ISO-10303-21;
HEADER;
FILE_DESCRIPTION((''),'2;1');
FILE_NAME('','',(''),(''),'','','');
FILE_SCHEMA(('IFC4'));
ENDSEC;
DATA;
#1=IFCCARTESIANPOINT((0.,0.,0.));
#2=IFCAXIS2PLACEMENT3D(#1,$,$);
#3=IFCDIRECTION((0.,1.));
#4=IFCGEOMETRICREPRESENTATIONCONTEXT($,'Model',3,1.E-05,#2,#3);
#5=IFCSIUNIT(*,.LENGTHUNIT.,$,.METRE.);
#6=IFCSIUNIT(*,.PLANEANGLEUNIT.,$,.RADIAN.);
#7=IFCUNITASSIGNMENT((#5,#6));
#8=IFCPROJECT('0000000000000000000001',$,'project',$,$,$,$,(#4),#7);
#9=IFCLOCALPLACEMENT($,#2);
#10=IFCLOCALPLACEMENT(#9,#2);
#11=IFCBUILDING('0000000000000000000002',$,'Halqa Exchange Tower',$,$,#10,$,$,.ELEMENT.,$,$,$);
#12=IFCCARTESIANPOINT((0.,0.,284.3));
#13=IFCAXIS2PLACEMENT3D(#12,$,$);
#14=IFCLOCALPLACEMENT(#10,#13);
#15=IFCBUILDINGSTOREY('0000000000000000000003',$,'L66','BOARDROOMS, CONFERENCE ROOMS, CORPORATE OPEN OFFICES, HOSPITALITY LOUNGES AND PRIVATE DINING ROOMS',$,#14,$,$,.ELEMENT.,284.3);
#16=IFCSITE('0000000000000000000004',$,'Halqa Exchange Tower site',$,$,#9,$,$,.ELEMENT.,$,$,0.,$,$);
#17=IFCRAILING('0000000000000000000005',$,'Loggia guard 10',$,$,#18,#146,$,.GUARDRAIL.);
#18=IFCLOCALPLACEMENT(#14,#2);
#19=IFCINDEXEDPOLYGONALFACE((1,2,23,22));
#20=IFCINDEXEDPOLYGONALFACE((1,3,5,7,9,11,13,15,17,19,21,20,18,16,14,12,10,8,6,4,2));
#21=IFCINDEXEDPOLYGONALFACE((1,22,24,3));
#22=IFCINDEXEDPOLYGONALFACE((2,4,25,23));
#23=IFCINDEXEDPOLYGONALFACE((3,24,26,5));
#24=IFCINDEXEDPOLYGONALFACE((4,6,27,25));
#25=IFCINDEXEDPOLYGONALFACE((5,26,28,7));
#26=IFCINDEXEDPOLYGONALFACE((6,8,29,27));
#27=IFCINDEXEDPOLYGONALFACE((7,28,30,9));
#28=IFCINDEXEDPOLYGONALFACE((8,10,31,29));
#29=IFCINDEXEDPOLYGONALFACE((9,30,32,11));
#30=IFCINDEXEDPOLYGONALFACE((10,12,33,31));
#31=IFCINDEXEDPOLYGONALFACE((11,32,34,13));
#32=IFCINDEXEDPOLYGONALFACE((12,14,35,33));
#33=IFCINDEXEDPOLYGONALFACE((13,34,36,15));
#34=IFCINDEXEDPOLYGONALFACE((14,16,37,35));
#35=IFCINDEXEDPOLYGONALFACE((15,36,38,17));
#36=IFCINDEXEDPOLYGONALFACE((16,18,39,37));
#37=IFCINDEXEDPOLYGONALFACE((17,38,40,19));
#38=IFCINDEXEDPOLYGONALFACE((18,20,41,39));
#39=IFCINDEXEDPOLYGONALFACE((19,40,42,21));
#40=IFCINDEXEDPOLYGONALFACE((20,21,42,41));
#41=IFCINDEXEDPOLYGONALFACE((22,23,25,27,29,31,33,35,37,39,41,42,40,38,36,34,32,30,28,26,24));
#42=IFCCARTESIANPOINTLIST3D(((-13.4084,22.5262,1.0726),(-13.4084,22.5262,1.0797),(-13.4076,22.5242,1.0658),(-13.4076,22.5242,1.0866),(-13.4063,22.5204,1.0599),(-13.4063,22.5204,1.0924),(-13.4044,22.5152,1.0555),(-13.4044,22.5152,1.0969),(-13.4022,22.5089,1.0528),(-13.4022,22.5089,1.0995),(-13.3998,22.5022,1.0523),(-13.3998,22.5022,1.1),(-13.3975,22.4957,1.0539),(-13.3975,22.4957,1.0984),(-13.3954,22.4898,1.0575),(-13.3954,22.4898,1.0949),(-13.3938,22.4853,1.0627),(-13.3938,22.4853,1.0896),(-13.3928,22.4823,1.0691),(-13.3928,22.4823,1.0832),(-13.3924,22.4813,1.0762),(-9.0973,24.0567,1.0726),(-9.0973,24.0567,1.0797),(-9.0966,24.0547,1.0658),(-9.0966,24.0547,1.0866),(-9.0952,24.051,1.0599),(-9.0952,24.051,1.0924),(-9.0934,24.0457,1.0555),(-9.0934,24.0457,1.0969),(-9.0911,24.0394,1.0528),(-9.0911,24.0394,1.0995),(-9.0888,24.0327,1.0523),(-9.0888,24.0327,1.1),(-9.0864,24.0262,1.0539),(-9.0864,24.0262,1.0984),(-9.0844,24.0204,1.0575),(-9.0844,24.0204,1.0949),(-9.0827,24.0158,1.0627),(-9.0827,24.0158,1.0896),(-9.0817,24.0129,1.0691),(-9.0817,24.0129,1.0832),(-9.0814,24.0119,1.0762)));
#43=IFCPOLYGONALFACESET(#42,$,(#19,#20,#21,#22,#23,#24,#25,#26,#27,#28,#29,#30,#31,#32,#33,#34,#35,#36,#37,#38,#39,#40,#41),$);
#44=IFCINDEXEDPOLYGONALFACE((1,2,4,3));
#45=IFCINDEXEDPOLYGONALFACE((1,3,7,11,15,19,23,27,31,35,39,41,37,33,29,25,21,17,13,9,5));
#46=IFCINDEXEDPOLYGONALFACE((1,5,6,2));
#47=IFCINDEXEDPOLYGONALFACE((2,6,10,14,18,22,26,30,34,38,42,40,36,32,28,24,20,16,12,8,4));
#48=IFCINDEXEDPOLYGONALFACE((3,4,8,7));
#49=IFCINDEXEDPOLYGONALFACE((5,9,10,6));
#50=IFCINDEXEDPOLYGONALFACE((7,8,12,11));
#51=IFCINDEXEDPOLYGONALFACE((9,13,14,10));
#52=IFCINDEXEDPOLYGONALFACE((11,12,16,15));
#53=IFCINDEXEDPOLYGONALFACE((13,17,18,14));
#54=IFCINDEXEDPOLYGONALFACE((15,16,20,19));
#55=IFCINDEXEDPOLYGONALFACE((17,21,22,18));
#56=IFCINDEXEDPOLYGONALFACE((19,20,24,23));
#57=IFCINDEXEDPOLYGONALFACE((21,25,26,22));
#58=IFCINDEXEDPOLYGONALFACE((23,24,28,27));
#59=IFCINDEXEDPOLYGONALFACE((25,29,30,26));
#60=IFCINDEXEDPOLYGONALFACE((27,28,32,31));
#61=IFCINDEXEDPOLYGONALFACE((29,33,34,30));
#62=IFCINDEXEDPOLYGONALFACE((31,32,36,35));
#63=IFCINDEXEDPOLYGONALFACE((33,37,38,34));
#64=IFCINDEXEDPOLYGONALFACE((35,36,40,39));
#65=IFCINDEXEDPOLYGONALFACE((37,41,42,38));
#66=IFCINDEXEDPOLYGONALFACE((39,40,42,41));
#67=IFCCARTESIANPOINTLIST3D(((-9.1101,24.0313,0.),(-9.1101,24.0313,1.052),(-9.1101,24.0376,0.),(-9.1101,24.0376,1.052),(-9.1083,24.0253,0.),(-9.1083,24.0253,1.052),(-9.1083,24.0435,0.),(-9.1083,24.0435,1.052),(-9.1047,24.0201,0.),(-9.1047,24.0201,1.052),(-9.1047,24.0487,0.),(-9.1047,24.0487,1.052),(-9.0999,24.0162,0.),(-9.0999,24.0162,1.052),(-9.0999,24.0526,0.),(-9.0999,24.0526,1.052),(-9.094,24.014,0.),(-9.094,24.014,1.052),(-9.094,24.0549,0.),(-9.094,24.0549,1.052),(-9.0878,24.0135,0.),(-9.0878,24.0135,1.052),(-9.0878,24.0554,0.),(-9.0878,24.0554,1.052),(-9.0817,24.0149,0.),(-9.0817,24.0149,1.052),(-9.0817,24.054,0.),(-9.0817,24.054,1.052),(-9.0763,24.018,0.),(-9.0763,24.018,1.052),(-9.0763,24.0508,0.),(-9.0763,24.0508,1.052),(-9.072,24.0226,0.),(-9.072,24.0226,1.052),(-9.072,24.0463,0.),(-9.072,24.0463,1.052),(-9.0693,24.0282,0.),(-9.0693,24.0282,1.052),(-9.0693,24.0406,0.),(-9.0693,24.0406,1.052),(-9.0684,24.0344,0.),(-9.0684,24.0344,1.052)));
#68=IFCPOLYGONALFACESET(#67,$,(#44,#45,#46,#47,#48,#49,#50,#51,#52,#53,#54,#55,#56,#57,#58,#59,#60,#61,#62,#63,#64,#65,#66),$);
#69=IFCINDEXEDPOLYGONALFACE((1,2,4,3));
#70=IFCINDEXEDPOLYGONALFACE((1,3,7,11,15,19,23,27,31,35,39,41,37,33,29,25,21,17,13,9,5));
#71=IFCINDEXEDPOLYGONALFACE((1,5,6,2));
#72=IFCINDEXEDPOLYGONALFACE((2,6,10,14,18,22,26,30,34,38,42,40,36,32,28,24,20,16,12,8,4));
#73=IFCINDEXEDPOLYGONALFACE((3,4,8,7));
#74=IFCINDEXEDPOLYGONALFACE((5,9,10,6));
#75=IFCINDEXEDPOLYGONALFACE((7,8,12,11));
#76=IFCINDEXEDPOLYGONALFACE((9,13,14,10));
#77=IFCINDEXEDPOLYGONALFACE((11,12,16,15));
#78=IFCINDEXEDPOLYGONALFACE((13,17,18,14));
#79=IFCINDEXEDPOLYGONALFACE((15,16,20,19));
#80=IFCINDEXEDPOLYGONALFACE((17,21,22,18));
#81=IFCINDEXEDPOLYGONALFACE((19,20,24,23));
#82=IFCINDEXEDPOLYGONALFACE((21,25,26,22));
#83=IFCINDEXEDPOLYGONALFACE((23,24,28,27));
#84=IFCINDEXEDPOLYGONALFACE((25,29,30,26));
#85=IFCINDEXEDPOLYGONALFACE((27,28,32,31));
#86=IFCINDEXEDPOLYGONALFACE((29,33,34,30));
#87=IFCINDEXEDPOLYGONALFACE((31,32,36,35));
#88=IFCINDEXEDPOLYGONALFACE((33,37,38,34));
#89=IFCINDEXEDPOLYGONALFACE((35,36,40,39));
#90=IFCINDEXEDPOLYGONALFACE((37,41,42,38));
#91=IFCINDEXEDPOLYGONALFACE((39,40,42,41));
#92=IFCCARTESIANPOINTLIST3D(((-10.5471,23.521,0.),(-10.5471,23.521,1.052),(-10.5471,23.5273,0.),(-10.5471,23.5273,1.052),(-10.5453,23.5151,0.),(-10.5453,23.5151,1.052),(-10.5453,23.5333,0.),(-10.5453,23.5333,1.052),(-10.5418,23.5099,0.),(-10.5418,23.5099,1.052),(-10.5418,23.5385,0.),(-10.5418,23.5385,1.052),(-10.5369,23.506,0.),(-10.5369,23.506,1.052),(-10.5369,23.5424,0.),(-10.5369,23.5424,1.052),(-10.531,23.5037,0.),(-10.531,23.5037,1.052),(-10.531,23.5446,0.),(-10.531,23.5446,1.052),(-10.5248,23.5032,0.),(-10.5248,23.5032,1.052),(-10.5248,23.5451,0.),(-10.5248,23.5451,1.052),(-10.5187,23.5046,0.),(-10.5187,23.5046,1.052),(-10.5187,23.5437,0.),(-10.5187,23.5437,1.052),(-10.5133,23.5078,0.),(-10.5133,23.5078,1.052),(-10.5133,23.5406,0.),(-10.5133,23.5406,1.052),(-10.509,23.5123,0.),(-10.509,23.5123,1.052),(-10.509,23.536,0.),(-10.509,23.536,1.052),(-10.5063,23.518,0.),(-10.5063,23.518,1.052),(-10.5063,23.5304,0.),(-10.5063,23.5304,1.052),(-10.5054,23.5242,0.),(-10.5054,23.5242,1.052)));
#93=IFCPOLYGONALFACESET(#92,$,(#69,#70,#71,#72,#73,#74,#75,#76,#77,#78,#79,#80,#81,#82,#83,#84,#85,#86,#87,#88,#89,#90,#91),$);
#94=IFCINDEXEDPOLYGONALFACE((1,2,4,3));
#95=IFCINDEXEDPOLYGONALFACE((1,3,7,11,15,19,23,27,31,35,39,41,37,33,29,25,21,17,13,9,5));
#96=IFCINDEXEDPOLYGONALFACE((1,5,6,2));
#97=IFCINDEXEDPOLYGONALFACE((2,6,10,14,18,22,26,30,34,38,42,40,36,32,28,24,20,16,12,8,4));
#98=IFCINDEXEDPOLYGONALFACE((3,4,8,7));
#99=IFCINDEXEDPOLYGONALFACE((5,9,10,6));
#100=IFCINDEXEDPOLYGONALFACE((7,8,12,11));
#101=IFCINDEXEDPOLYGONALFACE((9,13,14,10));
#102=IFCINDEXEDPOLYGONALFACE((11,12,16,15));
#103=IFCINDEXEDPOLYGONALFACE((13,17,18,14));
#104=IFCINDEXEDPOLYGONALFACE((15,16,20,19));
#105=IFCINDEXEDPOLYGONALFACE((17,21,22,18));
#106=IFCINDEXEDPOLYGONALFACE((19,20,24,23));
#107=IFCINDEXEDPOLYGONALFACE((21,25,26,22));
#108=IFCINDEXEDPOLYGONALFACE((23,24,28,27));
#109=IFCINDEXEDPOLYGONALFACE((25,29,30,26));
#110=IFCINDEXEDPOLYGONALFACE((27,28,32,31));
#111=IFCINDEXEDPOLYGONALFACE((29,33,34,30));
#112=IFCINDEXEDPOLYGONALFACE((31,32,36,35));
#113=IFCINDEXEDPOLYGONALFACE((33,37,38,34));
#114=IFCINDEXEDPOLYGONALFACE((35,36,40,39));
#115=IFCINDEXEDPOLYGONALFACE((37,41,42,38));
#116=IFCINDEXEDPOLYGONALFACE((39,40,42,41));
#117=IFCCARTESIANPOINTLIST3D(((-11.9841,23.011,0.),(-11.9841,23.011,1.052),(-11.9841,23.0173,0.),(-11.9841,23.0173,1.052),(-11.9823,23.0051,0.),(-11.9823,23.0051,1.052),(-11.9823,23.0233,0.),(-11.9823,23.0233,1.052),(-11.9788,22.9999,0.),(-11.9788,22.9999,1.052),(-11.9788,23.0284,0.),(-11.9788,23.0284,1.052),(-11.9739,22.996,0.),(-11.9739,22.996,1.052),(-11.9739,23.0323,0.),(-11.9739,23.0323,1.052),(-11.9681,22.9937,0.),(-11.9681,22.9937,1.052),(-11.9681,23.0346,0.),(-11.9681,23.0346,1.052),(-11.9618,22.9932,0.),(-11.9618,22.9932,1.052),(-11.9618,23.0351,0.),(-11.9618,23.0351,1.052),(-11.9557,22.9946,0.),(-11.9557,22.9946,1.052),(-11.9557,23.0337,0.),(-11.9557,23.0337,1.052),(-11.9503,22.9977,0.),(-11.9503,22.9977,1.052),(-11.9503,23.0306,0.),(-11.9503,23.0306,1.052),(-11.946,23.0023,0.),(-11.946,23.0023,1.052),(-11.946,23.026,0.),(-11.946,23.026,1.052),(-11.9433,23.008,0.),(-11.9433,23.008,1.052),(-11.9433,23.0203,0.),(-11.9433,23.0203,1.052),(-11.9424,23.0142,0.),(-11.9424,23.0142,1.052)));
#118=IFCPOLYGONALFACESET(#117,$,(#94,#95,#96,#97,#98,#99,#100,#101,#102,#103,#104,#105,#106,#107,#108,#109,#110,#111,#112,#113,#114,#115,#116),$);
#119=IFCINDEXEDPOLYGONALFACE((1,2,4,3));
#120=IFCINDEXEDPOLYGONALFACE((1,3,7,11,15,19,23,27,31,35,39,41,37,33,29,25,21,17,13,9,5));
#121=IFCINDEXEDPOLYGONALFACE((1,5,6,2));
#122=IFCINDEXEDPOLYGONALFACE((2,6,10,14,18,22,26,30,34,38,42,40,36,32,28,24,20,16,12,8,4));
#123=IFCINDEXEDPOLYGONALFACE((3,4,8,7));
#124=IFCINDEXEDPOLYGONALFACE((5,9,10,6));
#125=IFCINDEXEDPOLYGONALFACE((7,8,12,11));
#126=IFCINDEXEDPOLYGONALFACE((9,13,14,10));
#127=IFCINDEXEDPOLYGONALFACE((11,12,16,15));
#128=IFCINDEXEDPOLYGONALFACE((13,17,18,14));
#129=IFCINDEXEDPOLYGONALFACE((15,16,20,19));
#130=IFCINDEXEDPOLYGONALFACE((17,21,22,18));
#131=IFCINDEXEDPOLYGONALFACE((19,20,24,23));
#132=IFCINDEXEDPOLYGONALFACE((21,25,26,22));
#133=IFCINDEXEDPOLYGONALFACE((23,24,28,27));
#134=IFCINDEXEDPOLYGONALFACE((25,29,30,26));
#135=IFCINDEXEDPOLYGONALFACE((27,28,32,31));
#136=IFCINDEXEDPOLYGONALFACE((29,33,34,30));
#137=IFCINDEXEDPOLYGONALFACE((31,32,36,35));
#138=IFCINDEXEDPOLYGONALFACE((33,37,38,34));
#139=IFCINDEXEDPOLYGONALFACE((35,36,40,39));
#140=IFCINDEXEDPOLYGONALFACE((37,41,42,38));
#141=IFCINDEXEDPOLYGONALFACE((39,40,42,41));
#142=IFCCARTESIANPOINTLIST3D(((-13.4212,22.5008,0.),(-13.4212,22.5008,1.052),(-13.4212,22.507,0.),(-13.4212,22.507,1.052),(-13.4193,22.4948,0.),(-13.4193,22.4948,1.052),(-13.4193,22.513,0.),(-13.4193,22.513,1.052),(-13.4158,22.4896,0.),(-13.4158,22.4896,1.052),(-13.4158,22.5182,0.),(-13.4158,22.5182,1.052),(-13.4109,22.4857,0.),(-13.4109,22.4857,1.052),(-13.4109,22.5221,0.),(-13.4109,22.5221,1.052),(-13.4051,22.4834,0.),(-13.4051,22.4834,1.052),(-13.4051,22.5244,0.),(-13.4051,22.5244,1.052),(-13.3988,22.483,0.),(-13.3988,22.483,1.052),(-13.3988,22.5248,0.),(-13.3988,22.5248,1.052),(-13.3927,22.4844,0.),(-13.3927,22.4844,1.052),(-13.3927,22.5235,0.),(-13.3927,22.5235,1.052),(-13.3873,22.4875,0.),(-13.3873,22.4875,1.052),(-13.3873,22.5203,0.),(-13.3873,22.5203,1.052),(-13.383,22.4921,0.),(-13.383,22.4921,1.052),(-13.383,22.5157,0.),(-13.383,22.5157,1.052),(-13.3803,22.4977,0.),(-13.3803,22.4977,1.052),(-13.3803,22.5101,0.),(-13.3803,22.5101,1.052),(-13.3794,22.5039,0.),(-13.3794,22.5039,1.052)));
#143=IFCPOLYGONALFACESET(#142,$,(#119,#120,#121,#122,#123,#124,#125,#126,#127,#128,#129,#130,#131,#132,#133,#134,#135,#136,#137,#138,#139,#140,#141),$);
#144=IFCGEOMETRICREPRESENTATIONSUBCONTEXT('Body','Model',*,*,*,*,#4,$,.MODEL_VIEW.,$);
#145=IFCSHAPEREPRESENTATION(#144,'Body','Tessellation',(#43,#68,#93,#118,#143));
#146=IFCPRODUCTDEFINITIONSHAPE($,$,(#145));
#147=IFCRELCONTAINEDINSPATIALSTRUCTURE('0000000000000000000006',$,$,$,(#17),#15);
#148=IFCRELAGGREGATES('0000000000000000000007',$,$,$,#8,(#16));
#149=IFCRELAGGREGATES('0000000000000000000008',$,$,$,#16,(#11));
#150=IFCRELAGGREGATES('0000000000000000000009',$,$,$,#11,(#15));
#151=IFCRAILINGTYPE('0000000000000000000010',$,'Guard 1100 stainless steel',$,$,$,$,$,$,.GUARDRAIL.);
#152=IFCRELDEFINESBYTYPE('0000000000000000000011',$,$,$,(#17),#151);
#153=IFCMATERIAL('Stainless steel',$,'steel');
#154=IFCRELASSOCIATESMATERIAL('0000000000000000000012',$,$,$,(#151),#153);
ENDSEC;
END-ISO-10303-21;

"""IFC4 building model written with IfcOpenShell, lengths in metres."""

from ifc_helpers import new_model, si_unit, direction, frame, origin, origin_2d, place, context, subcontext, project, spatial, circle, extrude, material, type_object, element, save


model = new_model("IFC4")

# Units and contexts
model_context = context("Model", 3, precision=1e-05, world=origin(), true_north=direction((0.0, 1.0)))
body_context = subcontext(model_context, "Body", "Model", "MODEL_VIEW")
ifc_project = project(units=[si_unit("LENGTHUNIT", "METRE"), si_unit("PLANEANGLEUNIT", "RADIAN")], contexts=[model_context])

# Site, building, storey
site_placement = place(None, origin())
site = spatial("IfcSite", under=ifc_project, at=site_placement, Name="Halqa Exchange Tower site", CompositionType="ELEMENT", RefElevation=0.0)
building_placement = place(site_placement, origin())
building = spatial("IfcBuilding", under=site, at=building_placement, Name="Halqa Exchange Tower", CompositionType="ELEMENT")
storey_placement = place(building_placement, frame((0.0, 0.0, 284.3)))
storey = spatial("IfcBuildingStorey", under=building, at=storey_placement, Name="L66", Description="BOARDROOMS, CONFERENCE ROOMS, CORPORATE OPEN OFFICES, HOSPITALITY LOUNGES AND PRIVATE DINING ROOMS", CompositionType="ELEMENT", Elevation=284.3)

# Railing
ifc_material_1 = material(Name="Stainless steel", Category="steel")
railing_type_1 = type_object("IfcRailingType", Name="Guard 1100 stainless steel", PredefinedType="GUARDRAIL", material=ifc_material_1)
railing_1_placement = place(storey_placement, frame((-9.0894, 24.0344, 0.0)))
element("IfcRailing", 1, at=railing_1_placement, inside=storey, type_object=railing_type_1, Name="Loggia guard 10", PredefinedType="GUARDRAIL", context=body_context, shape_type="SweptSolid", body=[
    extrude(circle(Radius=0.0239, at=origin_2d()), frame((0.0, 0.0, 1.0762), z_axis=(-0.942373, -0.334564, 0.0), x_axis=(0.334564, -0.942373, 0.0)), (0.0, 0.0, 1.0), 4.5747),
    extrude(circle(Radius=0.021, at=origin_2d()), origin(), (0.0, 0.0, 1.0), 1.052),
    extrude(circle(Radius=0.021, at=origin_2d()), frame((-1.437, -0.5103, 0.0)), (0.0, 0.0, 1.0), 1.052),
    extrude(circle(Radius=0.021, at=origin_2d()), frame((-2.874, -1.0203, 0.0)), (0.0, 0.0, 1.0), 1.052),
    extrude(circle(Radius=0.021, at=origin_2d()), frame((-4.311, -1.5305, 0.0)), (0.0, 0.0, 1.0), 1.052),
])

save(model, "model.ifc")
